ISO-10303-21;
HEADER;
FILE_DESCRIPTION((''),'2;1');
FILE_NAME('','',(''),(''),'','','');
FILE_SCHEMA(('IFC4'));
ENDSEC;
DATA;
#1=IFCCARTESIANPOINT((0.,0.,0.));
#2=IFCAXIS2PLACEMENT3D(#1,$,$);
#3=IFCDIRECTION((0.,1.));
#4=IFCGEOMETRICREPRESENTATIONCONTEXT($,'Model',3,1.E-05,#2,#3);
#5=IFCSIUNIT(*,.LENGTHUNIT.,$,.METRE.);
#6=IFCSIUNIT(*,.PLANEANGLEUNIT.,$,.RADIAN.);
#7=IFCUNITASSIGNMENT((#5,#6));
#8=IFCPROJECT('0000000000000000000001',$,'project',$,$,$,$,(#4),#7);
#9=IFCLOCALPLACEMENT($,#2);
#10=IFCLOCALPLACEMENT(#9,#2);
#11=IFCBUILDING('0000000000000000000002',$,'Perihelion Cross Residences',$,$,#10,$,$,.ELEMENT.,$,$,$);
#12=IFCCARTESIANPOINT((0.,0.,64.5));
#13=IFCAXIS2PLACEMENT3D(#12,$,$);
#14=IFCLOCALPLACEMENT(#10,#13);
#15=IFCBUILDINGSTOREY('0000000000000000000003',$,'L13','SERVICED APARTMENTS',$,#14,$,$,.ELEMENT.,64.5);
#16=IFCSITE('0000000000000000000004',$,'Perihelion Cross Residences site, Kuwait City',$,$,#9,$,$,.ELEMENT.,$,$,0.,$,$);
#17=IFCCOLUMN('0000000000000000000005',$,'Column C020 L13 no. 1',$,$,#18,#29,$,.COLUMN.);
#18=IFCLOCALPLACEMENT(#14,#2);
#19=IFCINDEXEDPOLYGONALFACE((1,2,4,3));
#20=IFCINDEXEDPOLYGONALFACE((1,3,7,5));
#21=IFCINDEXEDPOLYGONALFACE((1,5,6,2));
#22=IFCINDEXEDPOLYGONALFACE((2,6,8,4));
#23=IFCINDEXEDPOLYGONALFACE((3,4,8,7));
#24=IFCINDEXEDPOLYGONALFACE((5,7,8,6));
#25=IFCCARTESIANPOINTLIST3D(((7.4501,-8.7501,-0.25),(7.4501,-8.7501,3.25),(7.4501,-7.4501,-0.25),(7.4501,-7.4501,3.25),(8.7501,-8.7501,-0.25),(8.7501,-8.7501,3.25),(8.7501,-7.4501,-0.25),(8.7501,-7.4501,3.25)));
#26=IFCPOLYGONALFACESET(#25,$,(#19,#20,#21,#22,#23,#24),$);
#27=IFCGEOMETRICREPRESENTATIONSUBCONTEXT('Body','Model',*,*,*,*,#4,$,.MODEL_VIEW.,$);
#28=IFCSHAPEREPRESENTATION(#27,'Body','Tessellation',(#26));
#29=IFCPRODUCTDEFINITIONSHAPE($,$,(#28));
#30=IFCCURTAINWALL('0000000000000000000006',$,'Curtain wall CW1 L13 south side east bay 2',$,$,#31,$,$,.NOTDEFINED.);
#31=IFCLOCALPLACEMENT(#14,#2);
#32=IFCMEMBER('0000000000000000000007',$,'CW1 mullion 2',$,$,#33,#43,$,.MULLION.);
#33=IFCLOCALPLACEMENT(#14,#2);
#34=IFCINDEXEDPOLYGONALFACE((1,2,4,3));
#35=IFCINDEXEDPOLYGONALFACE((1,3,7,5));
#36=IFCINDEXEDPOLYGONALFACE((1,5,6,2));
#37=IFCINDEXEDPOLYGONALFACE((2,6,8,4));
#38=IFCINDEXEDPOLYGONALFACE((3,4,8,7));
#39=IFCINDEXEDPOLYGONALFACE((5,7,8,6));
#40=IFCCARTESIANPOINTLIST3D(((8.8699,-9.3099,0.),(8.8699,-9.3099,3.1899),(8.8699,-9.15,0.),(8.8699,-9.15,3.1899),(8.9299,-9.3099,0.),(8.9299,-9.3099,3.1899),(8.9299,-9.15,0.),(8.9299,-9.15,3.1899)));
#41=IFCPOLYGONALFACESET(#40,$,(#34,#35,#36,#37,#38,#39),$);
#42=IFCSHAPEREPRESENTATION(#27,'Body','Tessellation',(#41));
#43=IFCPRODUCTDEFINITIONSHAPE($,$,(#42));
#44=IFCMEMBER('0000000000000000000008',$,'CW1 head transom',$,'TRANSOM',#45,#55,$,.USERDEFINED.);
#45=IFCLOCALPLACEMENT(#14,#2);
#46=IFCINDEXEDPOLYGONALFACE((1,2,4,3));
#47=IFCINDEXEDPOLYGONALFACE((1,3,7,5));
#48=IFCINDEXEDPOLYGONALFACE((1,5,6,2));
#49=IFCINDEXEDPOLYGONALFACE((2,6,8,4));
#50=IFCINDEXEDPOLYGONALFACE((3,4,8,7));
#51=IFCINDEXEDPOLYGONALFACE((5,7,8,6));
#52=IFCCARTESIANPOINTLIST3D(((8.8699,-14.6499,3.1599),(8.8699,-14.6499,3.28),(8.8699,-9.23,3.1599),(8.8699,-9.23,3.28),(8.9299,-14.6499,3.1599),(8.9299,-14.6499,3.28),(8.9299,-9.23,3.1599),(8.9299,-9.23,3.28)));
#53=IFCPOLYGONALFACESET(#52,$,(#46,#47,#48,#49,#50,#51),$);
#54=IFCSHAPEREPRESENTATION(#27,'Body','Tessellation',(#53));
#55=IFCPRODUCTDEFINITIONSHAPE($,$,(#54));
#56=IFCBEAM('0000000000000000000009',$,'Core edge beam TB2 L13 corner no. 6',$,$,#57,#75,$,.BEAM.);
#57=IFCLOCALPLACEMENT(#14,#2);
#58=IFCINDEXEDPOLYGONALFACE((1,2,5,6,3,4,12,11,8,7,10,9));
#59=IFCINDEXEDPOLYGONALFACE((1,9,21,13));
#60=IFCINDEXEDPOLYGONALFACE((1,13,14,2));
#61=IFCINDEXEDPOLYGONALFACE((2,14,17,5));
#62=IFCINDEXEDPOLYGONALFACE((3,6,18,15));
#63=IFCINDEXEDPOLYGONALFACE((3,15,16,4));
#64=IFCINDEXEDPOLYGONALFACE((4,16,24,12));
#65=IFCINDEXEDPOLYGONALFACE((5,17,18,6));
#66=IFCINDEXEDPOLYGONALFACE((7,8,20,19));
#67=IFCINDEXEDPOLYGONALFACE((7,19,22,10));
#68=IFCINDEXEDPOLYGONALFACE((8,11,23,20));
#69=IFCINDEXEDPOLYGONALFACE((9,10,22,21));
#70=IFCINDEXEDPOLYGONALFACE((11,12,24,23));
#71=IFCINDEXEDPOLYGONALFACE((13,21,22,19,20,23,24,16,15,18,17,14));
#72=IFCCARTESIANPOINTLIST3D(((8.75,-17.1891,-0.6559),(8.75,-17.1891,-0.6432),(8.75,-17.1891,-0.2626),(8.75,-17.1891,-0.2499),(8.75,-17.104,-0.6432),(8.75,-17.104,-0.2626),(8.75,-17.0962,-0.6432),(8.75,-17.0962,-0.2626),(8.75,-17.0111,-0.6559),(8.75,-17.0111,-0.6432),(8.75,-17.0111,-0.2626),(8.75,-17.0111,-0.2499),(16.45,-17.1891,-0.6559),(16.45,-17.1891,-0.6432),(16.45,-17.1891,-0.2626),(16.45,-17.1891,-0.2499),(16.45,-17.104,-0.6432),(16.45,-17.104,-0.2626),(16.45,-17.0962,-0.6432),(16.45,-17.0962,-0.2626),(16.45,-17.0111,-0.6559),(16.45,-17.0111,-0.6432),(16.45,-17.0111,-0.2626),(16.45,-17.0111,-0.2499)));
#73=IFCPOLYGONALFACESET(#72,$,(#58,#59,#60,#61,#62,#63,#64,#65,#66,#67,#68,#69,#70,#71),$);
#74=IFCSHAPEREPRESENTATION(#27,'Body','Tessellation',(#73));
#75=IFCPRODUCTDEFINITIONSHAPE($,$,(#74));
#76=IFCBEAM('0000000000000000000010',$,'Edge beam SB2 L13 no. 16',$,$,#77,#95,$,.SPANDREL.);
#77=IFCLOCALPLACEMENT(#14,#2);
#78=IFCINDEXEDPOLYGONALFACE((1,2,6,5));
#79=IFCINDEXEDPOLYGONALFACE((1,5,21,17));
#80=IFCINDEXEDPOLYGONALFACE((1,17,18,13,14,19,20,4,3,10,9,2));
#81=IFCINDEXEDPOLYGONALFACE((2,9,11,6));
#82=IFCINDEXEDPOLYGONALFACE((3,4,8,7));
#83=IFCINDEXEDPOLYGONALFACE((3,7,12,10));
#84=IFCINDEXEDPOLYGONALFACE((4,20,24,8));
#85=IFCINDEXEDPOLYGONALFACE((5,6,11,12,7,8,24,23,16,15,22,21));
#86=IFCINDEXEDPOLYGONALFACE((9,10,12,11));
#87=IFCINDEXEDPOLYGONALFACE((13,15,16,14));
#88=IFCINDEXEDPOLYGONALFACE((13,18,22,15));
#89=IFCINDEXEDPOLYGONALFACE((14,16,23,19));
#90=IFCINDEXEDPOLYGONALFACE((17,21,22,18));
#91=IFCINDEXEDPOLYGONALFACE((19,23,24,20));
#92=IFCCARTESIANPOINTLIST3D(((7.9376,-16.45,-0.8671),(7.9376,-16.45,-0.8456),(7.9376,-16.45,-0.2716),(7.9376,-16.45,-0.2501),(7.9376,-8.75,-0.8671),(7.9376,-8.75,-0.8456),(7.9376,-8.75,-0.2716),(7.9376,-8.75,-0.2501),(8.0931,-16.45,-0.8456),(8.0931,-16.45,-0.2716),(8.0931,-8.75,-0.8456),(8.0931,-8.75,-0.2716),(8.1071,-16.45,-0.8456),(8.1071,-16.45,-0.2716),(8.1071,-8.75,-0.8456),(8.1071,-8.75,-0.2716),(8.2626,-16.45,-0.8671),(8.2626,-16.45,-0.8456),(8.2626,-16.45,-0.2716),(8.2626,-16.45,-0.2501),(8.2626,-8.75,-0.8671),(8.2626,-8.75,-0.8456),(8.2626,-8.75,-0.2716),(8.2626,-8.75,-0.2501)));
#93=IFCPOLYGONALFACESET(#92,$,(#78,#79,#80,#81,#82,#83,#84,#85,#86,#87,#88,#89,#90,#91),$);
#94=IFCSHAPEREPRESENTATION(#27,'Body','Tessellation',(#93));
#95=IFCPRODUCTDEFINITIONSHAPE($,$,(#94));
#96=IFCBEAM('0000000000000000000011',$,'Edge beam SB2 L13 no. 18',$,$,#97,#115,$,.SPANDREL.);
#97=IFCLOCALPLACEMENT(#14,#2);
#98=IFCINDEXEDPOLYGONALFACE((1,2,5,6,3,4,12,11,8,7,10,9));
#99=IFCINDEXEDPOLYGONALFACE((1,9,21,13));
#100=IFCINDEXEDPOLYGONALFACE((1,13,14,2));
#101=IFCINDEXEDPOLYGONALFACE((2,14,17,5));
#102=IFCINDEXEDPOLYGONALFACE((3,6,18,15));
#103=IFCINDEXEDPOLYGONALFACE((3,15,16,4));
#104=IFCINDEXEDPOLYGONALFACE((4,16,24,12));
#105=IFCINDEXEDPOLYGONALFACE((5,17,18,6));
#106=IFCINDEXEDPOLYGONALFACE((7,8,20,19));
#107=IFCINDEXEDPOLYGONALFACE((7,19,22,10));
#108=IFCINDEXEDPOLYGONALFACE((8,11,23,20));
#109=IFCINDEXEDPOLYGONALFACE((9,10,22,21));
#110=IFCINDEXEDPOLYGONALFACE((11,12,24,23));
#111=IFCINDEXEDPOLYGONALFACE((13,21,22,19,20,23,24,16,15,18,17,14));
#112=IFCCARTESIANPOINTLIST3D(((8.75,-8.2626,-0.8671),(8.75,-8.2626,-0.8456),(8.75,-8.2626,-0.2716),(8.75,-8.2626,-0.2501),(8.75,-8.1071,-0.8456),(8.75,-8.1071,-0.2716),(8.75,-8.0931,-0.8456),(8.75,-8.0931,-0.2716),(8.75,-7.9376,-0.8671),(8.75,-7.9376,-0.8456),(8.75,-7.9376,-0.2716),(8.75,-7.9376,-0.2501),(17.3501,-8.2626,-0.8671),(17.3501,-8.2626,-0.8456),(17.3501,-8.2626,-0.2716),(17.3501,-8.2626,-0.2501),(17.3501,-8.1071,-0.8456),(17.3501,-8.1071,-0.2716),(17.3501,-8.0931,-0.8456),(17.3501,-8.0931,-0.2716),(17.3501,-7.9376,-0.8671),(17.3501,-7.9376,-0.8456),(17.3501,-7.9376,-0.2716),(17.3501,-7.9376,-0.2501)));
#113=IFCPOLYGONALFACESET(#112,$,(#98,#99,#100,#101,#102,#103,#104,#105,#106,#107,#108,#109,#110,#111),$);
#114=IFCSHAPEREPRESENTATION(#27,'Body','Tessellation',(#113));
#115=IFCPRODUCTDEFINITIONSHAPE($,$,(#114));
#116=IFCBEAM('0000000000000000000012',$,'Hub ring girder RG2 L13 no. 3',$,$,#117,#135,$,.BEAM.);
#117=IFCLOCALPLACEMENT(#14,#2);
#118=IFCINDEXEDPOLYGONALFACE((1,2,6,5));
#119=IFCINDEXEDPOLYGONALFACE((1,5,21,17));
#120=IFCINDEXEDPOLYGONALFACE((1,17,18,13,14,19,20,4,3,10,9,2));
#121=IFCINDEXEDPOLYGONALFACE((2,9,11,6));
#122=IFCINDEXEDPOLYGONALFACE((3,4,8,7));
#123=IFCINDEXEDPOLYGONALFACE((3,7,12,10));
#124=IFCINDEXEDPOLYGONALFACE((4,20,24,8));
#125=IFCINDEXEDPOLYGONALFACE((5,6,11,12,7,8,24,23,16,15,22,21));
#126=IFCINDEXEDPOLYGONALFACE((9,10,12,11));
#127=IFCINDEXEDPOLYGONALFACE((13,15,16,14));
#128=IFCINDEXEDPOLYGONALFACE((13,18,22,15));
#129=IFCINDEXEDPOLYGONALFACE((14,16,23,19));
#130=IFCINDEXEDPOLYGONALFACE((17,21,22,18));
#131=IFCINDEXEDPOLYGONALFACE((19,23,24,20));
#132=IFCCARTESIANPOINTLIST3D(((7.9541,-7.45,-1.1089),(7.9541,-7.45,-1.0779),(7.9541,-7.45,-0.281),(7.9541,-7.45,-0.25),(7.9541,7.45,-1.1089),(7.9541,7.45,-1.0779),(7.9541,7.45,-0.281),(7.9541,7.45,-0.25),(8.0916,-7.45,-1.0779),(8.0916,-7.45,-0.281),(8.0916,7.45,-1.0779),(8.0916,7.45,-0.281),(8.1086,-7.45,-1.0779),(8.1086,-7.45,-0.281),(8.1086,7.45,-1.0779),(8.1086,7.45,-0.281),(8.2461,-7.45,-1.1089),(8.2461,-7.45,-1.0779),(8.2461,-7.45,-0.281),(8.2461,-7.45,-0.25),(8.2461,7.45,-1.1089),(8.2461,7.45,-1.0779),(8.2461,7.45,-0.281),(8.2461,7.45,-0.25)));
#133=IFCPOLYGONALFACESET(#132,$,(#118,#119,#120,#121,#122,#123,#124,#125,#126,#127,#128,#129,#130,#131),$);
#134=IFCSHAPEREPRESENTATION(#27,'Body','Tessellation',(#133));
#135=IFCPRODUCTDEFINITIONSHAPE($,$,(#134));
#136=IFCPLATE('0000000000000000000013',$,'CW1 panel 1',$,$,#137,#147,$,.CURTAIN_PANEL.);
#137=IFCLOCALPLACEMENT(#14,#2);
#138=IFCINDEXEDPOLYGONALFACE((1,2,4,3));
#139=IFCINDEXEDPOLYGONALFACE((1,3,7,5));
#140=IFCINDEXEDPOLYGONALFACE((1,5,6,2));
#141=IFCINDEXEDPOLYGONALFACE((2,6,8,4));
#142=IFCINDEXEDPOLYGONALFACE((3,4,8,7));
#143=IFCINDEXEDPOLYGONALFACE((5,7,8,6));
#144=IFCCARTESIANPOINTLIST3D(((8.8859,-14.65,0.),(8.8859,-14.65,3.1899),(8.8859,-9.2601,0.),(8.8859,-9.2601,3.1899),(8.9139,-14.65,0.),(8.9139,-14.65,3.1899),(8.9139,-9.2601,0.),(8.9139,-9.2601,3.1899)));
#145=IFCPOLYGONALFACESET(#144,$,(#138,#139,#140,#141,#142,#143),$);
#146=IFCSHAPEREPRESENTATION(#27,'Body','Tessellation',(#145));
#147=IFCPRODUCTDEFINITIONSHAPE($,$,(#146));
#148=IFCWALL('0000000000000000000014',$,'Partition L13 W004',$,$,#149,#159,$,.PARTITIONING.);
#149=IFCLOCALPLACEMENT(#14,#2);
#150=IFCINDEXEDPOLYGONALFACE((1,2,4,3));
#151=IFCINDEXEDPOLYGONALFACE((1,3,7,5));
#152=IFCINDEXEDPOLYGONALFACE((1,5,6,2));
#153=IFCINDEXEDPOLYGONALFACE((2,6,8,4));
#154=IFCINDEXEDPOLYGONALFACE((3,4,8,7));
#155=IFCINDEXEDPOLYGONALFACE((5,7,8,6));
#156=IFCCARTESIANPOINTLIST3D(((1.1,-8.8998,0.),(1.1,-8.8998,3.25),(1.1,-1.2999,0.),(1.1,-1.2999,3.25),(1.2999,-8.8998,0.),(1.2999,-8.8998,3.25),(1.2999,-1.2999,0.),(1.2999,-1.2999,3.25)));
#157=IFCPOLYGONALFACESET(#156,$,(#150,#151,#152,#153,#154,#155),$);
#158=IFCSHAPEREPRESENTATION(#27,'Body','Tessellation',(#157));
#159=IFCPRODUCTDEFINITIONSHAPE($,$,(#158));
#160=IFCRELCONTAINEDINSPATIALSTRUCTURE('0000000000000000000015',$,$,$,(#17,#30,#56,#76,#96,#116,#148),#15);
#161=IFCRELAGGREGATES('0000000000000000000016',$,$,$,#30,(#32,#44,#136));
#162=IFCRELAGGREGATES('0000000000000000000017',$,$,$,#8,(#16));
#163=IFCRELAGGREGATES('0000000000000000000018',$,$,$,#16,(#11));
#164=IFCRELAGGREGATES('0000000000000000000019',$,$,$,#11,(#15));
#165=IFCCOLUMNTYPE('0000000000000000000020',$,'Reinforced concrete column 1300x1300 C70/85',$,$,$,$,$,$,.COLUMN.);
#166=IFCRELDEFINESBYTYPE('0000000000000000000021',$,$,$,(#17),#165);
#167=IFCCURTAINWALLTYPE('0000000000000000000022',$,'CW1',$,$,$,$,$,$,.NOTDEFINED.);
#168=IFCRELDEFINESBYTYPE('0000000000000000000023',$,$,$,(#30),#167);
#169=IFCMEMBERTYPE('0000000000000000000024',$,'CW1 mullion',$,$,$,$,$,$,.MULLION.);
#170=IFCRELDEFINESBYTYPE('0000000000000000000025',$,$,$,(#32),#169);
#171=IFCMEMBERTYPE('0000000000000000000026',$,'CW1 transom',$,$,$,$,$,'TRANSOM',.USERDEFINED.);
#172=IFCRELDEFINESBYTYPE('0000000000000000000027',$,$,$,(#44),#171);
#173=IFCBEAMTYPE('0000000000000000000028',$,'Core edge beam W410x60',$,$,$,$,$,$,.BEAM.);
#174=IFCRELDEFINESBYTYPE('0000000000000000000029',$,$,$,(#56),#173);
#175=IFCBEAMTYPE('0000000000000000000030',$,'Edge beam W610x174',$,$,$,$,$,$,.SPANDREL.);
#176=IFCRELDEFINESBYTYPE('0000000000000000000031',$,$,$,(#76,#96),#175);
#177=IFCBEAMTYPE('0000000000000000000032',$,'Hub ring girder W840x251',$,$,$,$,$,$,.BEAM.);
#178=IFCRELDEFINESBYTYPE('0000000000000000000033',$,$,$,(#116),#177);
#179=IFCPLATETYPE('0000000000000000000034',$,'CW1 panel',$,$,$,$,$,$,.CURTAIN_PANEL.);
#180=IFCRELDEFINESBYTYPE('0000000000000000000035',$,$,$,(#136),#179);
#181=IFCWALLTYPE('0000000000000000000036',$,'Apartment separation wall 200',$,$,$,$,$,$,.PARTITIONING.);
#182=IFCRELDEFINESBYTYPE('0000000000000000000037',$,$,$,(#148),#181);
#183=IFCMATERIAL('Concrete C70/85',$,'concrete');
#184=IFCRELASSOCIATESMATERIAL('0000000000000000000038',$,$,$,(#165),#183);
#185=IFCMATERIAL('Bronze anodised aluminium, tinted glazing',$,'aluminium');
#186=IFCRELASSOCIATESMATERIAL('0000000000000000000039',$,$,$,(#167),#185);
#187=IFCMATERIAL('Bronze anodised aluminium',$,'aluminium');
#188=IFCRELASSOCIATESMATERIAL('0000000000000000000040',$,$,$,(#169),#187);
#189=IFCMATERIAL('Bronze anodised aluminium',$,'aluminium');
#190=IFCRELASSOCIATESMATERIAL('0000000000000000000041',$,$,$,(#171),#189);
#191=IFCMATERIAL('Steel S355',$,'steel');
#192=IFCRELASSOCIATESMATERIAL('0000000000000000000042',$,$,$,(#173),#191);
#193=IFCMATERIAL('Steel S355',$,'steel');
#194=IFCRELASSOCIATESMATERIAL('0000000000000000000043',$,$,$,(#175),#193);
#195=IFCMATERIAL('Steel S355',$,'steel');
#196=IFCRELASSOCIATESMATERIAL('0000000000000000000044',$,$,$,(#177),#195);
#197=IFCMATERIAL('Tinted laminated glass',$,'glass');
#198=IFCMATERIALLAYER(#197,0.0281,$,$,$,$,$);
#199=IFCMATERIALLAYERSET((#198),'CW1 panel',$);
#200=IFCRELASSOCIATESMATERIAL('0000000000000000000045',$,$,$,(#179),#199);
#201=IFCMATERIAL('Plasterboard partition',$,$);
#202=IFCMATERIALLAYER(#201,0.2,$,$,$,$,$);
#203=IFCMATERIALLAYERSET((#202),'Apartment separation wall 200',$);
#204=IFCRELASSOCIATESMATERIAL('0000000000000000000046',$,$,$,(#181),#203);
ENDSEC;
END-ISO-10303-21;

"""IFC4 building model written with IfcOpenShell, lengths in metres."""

from ifc_helpers import new_model, si_unit, direction, frame, frame_2d, origin, origin_2d, place, context, subcontext, project, spatial, rectangle, i_section, extrude, material, layer, layer_set, material_profile, profile_set, type_object, element, aggregate, save


model = new_model("IFC4")

# Units and contexts
model_context = context("Model", 3, precision=1e-05, world=origin(), true_north=direction((0.0, 1.0)))
body_context = subcontext(model_context, "Body", "Model", "MODEL_VIEW")
ifc_project = project(units=[si_unit("LENGTHUNIT", "METRE"), si_unit("PLANEANGLEUNIT", "RADIAN")], contexts=[model_context])

# Site, building, storey
site_placement = place(None, origin())
site = spatial("IfcSite", under=ifc_project, at=site_placement, Name="Perihelion Cross Residences site, Kuwait City", CompositionType="ELEMENT", RefElevation=0.0)
building_placement = place(site_placement, origin())
building = spatial("IfcBuilding", under=site, at=building_placement, Name="Perihelion Cross Residences", CompositionType="ELEMENT")
storey_placement = place(building_placement, frame((0.0, 0.0, 64.5)))
storey = spatial("IfcBuildingStorey", under=building, at=storey_placement, Name="L13", Description="SERVICED APARTMENTS", CompositionType="ELEMENT", Elevation=64.5)

# Column
ifc_material_1 = material(Name="Concrete C70/85", Category="concrete")
ifc_material_profile_1 = material_profile(ifc_material_1, rectangle(XDim=1.3, YDim=1.3, at=origin_2d()), Name="RC 1300x1300")
ifc_profile_set_1 = profile_set([ifc_material_profile_1], Name="Concrete C70/85")
column_type = type_object("IfcColumnType", Name="Reinforced concrete column 1300x1300 C70/85", PredefinedType="COLUMN", material=ifc_profile_set_1)
column_placement = place(storey_placement, frame((8.1001, -8.1001, -0.25), z_axis=(0.0, 0.0, 1.0), x_axis=(1.0, 0.0, 0.0)))
element("IfcColumn", 1, at=column_placement, inside=storey, type_object=column_type, Name="Column C020 L13 no. 1", PredefinedType="COLUMN", context=body_context, shape_type="SweptSolid", body=[
    extrude(rectangle(XDim=1.3, YDim=1.3, at=origin_2d()), origin(), (0.0, 0.0, 1.0), 3.5),
])

# Curtain wall, members
ifc_material_2 = material(Name="Bronze anodised aluminium, tinted glazing", Category="aluminium")
curtain_wall_type = type_object("IfcCurtainWallType", Name="CW1", PredefinedType="NOTDEFINED", material=ifc_material_2)
curtain_wall_placement = place(storey_placement, origin())
curtain_wall = element("IfcCurtainWall", 2, at=curtain_wall_placement, inside=storey, type_object=curtain_wall_type, Name="Curtain wall CW1 L13 south side east bay 2", PredefinedType="NOTDEFINED")
ifc_material_3 = material(Name="Bronze anodised aluminium", Category="aluminium")
ifc_material_profile_2 = material_profile(ifc_material_3, rectangle(XDim=0.0601, YDim=0.1599, at=origin_2d()), Name="CW1 mullion")
ifc_profile_set_2 = profile_set([ifc_material_profile_2], Name="Bronze anodised aluminium")
member_type_1 = type_object("IfcMemberType", Name="CW1 mullion", PredefinedType="MULLION", material=ifc_profile_set_2)
member_1_placement = place(storey_placement, frame((8.8999, -9.23, 0.0), z_axis=(0.0, 0.0, 1.0), x_axis=(-1.0, 0.0, 0.0)))
member_1 = element("IfcMember", 3, at=member_1_placement, type_object=member_type_1, Name="CW1 mullion 2", PredefinedType="MULLION", context=body_context, shape_type="SweptSolid", body=[
    extrude(rectangle(XDim=0.0601, YDim=0.1599, at=origin_2d()), origin(), (0.0, 0.0, 1.0), 3.1899),
])
ifc_material_4 = material(Name="Bronze anodised aluminium", Category="aluminium")
ifc_material_profile_3 = material_profile(ifc_material_4, rectangle(XDim=0.0601, YDim=0.1201, at=origin_2d()), Name="CW1 transom")
ifc_profile_set_3 = profile_set([ifc_material_profile_3], Name="Bronze anodised aluminium")
member_type_2 = type_object("IfcMemberType", Name="CW1 transom", ElementType="TRANSOM", PredefinedType="USERDEFINED", material=ifc_profile_set_3)
member_2_placement = place(storey_placement, frame((8.8999, -14.6499, 3.22), z_axis=(0.0, 1.0, 0.0), x_axis=(-1.0, 0.0, 0.0)))
member_2 = element("IfcMember", 4, at=member_2_placement, type_object=member_type_2, Name="CW1 head transom", ObjectType="TRANSOM", PredefinedType="USERDEFINED", context=body_context, shape_type="SweptSolid", body=[
    extrude(rectangle(XDim=0.0601, YDim=0.1201, at=origin_2d()), origin(), (0.0, 0.0, 1.0), 5.4199),
])

# Beams
ifc_material_5 = material(Name="Steel S355", Category="steel")
ifc_material_profile_4 = material_profile(ifc_material_5, i_section(OverallWidth=0.178, OverallDepth=0.406, WebThickness=0.0078, FlangeThickness=0.0127, at=origin_2d()), Name="W410x60")
ifc_profile_set_4 = profile_set([ifc_material_profile_4], Name="Steel S355")
beam_type_1 = type_object("IfcBeamType", Name="Core edge beam W410x60", PredefinedType="BEAM", material=ifc_profile_set_4)
beam_1_placement = place(storey_placement, frame((8.75, -17.1001, -0.4529), z_axis=(1.0, 0.0, 0.0), x_axis=(0.0, 1.0, 0.0)))
element("IfcBeam", 5, at=beam_1_placement, inside=storey, type_object=beam_type_1, Name="Core edge beam TB2 L13 corner no. 6", PredefinedType="BEAM", context=body_context, shape_type="SweptSolid", body=[
    extrude(i_section(OverallWidth=0.178, OverallDepth=0.406, WebThickness=0.0078, FlangeThickness=0.0127, at=origin_2d()), origin(), (0.0, 0.0, 1.0), 7.7),
])
ifc_material_6 = material(Name="Steel S355", Category="steel")
ifc_material_profile_5 = material_profile(ifc_material_6, i_section(OverallWidth=0.325, OverallDepth=0.6169, WebThickness=0.0139, FlangeThickness=0.0215, at=origin_2d()), Name="W610x174")
ifc_profile_set_5 = profile_set([ifc_material_profile_5], Name="Steel S355")
beam_type_2 = type_object("IfcBeamType", Name="Edge beam W610x174", PredefinedType="SPANDREL", material=ifc_profile_set_5)
beam_2_placement = place(storey_placement, frame((8.1001, -16.45, -0.5586), z_axis=(0.0, 1.0, 0.0), x_axis=(-1.0, 0.0, 0.0)))
element("IfcBeam", 6, at=beam_2_placement, inside=storey, type_object=beam_type_2, Name="Edge beam SB2 L13 no. 16", PredefinedType="SPANDREL", context=body_context, shape_type="SweptSolid", body=[
    extrude(i_section(OverallWidth=0.325, OverallDepth=0.6169, WebThickness=0.0139, FlangeThickness=0.0215, at=origin_2d()), origin(), (0.0, 0.0, 1.0), 7.7),
])
beam_3_placement = place(storey_placement, frame((8.75, -8.1001, -0.5586), z_axis=(1.0, 0.0, 0.0), x_axis=(0.0, 1.0, 0.0)))
element("IfcBeam", 7, at=beam_3_placement, inside=storey, type_object=beam_type_2, Name="Edge beam SB2 L13 no. 18", PredefinedType="SPANDREL", context=body_context, shape_type="SweptSolid", body=[
    extrude(i_section(OverallWidth=0.325, OverallDepth=0.6169, WebThickness=0.0139, FlangeThickness=0.0215, at=origin_2d()), origin(), (0.0, 0.0, 1.0), 8.6001),
])
ifc_material_7 = material(Name="Steel S355", Category="steel")
ifc_material_profile_6 = material_profile(ifc_material_7, i_section(OverallWidth=0.292, OverallDepth=0.8589, WebThickness=0.0171, FlangeThickness=0.031, at=origin_2d()), Name="W840x251")
ifc_profile_set_6 = profile_set([ifc_material_profile_6], Name="Steel S355")
beam_type_3 = type_object("IfcBeamType", Name="Hub ring girder W840x251", PredefinedType="BEAM", material=ifc_profile_set_6)
beam_4_placement = place(storey_placement, frame((8.1001, -7.45, -0.6794), z_axis=(0.0, 1.0, 0.0), x_axis=(-1.0, 0.0, 0.0)))
element("IfcBeam", 8, at=beam_4_placement, inside=storey, type_object=beam_type_3, Name="Hub ring girder RG2 L13 no. 3", PredefinedType="BEAM", context=body_context, shape_type="SweptSolid", body=[
    extrude(i_section(OverallWidth=0.292, OverallDepth=0.8589, WebThickness=0.0171, FlangeThickness=0.031, at=origin_2d()), origin(), (0.0, 0.0, 1.0), 14.8999),
])

# Plate
ifc_material_8 = material(Name="Tinted laminated glass", Category="glass")
ifc_layer_1 = layer(ifc_material_8, 0.0281)
ifc_layer_set_1 = layer_set([ifc_layer_1], Name="CW1 panel")
plate_type = type_object("IfcPlateType", Name="CW1 panel", PredefinedType="CURTAIN_PANEL", material=ifc_layer_set_1)
plate_placement = place(storey_placement, frame((8.8999, -11.9551, 0.0), z_axis=(0.0, 0.0, 1.0), x_axis=(0.0, 1.0, 0.0)))
plate = element("IfcPlate", 9, at=plate_placement, type_object=plate_type, Name="CW1 panel 1", PredefinedType="CURTAIN_PANEL", context=body_context, shape_type="SweptSolid", body=[
    extrude(rectangle(XDim=5.3899, YDim=0.0281, at=origin_2d()), origin(), (0.0, 0.0, 1.0), 3.1899),
])
aggregate(curtain_wall, [member_1, member_2, plate])

# Wall
ifc_material_9 = material(Name="Plasterboard partition")
ifc_layer_2 = layer(ifc_material_9, 0.2)
ifc_layer_set_2 = layer_set([ifc_layer_2], Name="Apartment separation wall 200")
wall_type_1 = type_object("IfcWallType", Name="Apartment separation wall 200", PredefinedType="PARTITIONING", material=ifc_layer_set_2)
wall_1_placement = place(storey_placement, frame((1.2, -1.3, 0.0), z_axis=(0.0, 0.0, 1.0), x_axis=(0.0, -1.0, 0.0)))
element("IfcWall", 10, at=wall_1_placement, inside=storey, type_object=wall_type_1, Name="Partition L13 W004", PredefinedType="PARTITIONING", context=body_context, shape_type="SweptSolid", body=[
    extrude(rectangle(XDim=7.5999, YDim=0.2, at=frame_2d((3.7998, 0.0))), origin(), (0.0, 0.0, 1.0), 3.25),
])

save(model, "model.ifc")
